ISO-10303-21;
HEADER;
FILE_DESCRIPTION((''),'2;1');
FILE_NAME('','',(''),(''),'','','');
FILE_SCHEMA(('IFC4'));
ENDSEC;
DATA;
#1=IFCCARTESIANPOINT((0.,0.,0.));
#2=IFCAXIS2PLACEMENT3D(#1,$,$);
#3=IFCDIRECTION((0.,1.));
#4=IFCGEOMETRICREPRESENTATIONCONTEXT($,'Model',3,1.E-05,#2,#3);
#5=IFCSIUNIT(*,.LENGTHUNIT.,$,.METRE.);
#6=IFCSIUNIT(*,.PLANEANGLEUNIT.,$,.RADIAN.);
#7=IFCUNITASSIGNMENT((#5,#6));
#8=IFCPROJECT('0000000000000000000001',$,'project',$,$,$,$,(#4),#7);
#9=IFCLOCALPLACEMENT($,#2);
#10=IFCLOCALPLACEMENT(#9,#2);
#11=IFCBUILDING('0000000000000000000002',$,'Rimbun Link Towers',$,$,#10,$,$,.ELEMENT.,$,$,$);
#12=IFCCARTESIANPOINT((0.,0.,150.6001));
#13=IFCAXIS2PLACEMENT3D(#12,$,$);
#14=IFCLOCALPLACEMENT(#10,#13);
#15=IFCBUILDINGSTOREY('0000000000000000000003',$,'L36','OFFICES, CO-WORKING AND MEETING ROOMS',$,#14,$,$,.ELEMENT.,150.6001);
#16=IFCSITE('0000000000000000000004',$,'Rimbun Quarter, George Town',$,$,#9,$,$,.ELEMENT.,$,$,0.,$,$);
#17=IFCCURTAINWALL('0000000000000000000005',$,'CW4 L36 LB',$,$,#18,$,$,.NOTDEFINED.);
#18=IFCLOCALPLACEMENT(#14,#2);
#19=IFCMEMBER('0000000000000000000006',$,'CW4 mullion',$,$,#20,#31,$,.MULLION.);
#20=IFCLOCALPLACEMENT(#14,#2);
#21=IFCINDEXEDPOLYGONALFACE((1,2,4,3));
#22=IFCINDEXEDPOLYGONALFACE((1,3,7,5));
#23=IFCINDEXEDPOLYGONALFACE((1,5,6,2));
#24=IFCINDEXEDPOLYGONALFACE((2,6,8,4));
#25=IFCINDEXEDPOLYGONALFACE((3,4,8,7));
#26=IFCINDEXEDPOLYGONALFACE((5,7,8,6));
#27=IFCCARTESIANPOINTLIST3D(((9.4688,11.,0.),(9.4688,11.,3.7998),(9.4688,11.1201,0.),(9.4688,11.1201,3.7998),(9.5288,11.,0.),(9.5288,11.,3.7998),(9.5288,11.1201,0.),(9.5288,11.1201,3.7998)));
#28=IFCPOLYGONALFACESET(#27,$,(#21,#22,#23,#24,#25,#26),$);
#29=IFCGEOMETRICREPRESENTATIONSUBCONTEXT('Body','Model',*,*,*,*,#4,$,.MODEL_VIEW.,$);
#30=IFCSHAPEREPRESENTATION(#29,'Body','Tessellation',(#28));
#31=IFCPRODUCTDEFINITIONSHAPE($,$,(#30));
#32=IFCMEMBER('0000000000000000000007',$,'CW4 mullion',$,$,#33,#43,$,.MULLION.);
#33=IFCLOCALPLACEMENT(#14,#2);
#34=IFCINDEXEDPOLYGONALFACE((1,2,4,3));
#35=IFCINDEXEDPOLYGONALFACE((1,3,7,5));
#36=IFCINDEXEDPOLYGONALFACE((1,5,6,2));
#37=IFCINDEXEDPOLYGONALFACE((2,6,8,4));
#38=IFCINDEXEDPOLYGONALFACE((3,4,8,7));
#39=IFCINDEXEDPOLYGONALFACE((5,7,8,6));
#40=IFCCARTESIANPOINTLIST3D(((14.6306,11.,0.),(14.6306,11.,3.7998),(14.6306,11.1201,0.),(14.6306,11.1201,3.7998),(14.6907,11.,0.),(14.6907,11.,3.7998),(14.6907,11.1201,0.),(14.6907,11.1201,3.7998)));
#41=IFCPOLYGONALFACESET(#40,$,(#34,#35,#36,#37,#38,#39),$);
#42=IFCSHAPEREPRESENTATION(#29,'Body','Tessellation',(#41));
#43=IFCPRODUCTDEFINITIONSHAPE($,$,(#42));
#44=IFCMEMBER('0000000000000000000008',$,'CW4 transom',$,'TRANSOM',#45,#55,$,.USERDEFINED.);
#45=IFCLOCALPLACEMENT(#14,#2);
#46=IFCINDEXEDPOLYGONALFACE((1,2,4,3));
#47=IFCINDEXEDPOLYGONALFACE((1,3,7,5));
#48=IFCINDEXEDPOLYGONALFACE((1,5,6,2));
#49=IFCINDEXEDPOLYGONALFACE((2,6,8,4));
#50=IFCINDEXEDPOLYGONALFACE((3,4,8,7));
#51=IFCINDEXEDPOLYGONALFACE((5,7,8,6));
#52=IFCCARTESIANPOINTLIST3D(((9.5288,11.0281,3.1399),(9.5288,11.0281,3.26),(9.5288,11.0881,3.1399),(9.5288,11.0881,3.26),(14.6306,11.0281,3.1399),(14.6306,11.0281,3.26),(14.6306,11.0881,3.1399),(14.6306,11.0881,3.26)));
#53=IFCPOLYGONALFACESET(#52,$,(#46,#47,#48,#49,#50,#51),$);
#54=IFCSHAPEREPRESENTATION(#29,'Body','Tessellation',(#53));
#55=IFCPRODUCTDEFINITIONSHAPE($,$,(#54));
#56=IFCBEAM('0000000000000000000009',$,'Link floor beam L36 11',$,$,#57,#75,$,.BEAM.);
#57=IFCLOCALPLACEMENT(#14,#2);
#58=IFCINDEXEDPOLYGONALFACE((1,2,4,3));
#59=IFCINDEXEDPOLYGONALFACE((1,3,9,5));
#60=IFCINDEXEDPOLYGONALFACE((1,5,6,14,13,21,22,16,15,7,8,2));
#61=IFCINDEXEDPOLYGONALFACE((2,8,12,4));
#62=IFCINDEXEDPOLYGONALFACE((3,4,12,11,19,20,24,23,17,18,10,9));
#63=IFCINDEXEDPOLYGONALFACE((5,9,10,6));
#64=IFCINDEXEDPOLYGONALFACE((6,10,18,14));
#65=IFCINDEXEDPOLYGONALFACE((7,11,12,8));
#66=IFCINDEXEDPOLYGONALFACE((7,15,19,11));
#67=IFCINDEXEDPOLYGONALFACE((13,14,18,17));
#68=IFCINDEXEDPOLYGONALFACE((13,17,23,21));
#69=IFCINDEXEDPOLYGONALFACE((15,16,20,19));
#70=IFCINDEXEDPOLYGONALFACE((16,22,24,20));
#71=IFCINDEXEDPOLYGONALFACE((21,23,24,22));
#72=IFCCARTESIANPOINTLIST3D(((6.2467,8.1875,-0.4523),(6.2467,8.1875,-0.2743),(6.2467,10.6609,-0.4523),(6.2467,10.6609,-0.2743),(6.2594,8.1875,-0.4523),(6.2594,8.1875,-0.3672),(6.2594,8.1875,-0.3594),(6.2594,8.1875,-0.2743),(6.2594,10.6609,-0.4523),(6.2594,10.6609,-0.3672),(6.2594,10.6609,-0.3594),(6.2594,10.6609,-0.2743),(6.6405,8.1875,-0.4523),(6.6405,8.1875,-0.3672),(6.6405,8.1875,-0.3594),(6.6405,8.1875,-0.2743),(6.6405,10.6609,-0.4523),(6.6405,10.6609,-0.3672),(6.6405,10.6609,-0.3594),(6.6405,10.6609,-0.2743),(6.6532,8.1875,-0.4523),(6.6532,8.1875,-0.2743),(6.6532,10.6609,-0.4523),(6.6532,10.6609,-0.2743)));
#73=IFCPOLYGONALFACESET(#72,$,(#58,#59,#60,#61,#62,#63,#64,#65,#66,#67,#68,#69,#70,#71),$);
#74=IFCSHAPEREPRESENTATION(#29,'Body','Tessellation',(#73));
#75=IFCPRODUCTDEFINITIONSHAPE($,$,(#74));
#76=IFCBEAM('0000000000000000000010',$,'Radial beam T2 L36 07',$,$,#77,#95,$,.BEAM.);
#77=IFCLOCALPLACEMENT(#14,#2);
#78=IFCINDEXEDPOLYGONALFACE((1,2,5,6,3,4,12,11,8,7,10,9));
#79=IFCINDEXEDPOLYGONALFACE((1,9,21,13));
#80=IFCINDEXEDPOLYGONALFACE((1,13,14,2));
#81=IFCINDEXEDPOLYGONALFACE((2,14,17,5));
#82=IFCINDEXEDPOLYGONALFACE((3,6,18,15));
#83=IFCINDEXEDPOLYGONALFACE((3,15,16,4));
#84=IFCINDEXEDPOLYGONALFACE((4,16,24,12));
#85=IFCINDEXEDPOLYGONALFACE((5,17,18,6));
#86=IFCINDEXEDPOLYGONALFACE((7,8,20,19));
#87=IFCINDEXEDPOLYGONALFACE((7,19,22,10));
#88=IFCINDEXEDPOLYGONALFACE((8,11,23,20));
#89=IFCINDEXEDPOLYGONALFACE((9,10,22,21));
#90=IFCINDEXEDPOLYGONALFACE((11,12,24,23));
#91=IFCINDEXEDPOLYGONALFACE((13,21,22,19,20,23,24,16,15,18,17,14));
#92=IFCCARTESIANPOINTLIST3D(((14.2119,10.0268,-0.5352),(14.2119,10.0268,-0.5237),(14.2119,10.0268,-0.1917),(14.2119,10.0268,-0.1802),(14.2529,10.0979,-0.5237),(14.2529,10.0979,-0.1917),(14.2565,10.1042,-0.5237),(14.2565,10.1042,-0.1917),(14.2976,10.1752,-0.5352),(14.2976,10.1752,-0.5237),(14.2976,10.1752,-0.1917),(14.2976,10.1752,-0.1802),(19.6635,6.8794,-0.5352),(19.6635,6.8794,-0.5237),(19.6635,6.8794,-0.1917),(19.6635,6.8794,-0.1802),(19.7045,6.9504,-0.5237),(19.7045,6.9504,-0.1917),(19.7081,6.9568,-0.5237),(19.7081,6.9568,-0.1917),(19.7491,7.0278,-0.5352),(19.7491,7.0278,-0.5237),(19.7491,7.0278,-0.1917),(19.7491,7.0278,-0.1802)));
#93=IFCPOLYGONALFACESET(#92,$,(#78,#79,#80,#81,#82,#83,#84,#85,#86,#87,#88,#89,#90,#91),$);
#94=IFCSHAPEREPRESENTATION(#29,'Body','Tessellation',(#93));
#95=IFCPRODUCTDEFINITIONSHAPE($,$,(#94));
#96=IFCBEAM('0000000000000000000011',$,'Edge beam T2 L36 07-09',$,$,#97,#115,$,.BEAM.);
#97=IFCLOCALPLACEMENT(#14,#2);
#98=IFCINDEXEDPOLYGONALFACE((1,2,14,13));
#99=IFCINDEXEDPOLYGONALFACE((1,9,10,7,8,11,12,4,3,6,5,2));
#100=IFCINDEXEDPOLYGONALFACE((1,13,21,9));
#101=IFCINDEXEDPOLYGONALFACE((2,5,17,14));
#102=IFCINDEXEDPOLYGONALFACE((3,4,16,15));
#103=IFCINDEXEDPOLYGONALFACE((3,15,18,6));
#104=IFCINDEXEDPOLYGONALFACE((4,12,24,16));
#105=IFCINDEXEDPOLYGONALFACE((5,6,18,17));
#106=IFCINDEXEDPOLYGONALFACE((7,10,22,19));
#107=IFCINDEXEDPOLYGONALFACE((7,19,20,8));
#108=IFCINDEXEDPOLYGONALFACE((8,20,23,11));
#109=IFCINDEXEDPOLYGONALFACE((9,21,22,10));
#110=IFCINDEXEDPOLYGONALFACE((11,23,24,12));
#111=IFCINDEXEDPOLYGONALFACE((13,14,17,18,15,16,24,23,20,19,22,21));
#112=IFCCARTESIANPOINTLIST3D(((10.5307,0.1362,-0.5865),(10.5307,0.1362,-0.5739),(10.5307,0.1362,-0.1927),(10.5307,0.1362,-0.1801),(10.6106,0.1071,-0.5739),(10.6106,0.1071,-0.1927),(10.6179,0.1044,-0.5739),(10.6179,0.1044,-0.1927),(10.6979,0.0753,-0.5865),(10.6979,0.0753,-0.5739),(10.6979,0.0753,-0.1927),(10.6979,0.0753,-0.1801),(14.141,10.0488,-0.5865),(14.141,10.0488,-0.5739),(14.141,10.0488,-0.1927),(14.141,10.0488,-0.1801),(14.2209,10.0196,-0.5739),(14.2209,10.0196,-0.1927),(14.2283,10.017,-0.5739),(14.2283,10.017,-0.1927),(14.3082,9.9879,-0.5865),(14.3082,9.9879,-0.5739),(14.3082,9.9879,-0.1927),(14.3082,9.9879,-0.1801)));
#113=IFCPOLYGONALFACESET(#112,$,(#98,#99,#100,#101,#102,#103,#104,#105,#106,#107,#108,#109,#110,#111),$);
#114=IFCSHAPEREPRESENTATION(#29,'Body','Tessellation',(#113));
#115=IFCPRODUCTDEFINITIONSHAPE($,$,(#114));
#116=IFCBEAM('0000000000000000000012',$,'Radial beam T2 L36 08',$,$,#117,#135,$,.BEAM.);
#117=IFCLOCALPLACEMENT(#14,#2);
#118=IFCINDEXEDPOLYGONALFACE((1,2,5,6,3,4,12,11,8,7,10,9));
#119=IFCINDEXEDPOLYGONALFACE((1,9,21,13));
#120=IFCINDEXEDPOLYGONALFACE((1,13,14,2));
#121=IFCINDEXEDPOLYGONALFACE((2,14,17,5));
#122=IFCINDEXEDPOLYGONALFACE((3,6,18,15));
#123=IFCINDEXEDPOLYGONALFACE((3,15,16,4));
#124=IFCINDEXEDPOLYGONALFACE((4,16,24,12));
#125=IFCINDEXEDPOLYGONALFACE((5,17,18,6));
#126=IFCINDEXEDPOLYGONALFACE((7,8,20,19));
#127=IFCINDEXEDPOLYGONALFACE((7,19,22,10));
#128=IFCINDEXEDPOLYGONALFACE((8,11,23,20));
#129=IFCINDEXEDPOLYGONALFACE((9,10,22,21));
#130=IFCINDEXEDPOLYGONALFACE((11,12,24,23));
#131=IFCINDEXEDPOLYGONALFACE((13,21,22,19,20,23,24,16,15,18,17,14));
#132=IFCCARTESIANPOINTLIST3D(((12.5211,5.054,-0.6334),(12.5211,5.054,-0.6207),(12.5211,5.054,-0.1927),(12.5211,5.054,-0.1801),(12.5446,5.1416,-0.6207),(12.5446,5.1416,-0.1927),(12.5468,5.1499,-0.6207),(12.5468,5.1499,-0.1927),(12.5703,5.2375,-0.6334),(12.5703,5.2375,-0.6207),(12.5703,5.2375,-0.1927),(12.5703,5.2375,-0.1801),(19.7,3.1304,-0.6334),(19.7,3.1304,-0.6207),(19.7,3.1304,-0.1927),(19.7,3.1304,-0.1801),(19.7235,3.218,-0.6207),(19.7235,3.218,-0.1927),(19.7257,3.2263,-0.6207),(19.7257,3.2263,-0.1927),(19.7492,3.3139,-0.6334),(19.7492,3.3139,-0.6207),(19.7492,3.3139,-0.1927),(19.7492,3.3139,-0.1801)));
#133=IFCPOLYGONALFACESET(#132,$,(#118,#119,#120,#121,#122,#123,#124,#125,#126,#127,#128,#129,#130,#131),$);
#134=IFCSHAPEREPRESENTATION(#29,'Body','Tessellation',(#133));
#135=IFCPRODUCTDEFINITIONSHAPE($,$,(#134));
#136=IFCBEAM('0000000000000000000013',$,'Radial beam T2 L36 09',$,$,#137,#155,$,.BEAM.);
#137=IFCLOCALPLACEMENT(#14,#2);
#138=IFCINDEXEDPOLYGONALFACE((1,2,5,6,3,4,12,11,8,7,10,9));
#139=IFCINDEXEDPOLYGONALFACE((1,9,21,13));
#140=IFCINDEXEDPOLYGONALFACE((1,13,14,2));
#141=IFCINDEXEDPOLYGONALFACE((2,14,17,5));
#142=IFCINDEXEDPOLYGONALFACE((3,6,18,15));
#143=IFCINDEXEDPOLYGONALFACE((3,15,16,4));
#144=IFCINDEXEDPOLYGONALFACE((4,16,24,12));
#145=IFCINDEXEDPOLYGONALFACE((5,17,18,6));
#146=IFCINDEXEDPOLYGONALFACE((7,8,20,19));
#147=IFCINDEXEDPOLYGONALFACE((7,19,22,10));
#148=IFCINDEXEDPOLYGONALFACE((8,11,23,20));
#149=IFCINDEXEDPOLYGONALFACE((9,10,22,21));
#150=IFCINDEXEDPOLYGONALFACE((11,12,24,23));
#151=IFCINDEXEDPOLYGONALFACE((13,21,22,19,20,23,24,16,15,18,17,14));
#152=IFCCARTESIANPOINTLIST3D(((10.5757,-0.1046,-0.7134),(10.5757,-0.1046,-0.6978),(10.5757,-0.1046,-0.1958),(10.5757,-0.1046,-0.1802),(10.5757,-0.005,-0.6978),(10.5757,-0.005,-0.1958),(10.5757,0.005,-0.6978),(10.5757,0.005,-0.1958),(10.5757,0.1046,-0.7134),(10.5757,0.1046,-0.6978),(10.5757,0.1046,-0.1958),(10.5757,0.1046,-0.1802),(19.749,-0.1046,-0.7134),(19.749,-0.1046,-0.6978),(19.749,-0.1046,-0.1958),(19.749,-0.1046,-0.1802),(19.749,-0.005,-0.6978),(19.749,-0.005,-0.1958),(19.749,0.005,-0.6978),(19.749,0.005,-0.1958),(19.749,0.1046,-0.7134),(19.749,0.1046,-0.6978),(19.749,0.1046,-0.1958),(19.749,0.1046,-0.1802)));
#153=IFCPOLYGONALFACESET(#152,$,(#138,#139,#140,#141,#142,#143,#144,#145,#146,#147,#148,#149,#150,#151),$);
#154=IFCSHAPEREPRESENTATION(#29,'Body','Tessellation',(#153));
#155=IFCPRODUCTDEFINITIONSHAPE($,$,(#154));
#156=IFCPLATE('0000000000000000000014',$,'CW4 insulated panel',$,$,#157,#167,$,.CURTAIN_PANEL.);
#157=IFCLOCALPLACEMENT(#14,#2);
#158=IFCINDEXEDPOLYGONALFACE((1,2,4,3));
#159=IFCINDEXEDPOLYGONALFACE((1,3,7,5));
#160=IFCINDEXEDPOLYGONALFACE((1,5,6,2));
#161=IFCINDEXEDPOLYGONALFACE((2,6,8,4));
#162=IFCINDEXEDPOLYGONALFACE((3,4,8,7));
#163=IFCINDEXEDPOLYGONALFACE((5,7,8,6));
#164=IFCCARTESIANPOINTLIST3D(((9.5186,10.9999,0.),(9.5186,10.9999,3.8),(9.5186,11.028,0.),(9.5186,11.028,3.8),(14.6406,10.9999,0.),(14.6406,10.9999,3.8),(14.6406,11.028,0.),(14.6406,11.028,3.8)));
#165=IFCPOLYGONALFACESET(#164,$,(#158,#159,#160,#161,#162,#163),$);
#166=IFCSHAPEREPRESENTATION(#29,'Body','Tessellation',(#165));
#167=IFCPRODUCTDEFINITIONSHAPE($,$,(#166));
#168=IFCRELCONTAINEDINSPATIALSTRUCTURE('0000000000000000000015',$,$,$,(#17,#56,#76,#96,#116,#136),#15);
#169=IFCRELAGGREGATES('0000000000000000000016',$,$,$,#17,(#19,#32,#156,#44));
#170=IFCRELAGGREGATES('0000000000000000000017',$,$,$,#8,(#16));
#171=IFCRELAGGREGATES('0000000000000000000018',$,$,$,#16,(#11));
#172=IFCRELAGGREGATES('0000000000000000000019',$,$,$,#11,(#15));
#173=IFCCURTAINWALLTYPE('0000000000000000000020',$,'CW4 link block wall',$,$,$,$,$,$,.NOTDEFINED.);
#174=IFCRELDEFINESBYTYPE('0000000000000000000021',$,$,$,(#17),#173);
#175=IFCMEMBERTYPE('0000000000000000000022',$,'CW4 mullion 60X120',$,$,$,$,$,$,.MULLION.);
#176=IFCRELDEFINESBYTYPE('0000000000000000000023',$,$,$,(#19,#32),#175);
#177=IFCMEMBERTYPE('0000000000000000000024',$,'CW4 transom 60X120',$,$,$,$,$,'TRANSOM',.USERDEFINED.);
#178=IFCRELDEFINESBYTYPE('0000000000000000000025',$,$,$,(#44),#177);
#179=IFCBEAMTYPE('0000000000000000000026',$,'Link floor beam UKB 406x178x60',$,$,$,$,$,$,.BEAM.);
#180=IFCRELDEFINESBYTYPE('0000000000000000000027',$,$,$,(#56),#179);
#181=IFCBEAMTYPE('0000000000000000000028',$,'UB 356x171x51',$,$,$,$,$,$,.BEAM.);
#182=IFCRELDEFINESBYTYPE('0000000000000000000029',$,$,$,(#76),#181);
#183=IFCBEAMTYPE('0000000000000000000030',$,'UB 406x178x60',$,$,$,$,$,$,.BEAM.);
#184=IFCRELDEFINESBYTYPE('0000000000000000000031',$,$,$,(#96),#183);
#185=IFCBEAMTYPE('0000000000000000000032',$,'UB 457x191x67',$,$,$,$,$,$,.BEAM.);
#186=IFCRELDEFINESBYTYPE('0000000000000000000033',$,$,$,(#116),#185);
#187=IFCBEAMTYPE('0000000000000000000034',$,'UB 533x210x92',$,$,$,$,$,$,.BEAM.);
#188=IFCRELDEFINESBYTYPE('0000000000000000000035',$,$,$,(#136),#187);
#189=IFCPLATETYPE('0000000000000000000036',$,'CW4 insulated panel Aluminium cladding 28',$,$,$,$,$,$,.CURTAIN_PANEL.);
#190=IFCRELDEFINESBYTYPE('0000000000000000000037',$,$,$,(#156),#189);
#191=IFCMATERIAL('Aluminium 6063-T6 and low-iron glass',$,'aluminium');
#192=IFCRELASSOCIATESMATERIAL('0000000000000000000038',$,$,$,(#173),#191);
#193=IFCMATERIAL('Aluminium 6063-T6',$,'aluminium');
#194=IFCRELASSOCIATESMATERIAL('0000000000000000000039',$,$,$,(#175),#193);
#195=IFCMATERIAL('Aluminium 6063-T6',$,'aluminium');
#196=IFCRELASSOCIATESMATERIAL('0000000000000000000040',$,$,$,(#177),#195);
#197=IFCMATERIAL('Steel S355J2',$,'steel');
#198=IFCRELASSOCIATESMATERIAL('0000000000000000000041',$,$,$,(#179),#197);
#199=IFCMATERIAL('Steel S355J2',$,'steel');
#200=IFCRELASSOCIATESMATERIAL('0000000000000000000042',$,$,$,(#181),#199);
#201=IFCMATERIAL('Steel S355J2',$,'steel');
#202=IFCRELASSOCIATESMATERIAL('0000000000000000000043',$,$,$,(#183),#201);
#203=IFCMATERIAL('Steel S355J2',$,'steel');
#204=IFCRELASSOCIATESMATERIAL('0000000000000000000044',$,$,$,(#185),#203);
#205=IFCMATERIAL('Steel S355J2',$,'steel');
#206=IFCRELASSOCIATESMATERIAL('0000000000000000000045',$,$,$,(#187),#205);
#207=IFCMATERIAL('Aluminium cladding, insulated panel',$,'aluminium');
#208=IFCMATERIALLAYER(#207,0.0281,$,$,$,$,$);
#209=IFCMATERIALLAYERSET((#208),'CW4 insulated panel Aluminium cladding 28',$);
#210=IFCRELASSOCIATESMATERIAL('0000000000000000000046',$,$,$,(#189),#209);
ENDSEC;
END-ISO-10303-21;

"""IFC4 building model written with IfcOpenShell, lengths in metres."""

from ifc_helpers import new_model, si_unit, direction, frame, origin, origin_2d, place, context, subcontext, project, spatial, rectangle, i_section, extrude, material, layer, layer_set, material_profile, profile_set, type_object, element, aggregate, save


model = new_model("IFC4")

# Units and contexts
model_context = context("Model", 3, precision=1e-05, world=origin(), true_north=direction((0.0, 1.0)))
body_context = subcontext(model_context, "Body", "Model", "MODEL_VIEW")
ifc_project = project(units=[si_unit("LENGTHUNIT", "METRE"), si_unit("PLANEANGLEUNIT", "RADIAN")], contexts=[model_context])

# Site, building, storey
site_placement = place(None, origin())
site = spatial("IfcSite", under=ifc_project, at=site_placement, Name="Rimbun Quarter, George Town", CompositionType="ELEMENT", RefElevation=0.0)
building_placement = place(site_placement, origin())
building = spatial("IfcBuilding", under=site, at=building_placement, Name="Rimbun Link Towers", CompositionType="ELEMENT")
storey_placement = place(building_placement, frame((0.0, 0.0, 150.6001)))
storey = spatial("IfcBuildingStorey", under=building, at=storey_placement, Name="L36", Description="OFFICES, CO-WORKING AND MEETING ROOMS", CompositionType="ELEMENT", Elevation=150.6001)

# Curtain wall, members
ifc_material_1 = material(Name="Aluminium 6063-T6 and low-iron glass", Category="aluminium")
curtain_wall_type = type_object("IfcCurtainWallType", Name="CW4 link block wall", PredefinedType="NOTDEFINED", material=ifc_material_1)
curtain_wall_placement = place(storey_placement, origin())
curtain_wall = element("IfcCurtainWall", 1, at=curtain_wall_placement, inside=storey, type_object=curtain_wall_type, Name="CW4 L36 LB", PredefinedType="NOTDEFINED")
ifc_material_2 = material(Name="Aluminium 6063-T6", Category="aluminium")
ifc_material_profile_1 = material_profile(ifc_material_2, rectangle(XDim=0.1201, YDim=0.0601, at=origin_2d()), Name="MULLION 60X120")
ifc_profile_set_1 = profile_set([ifc_material_profile_1], Name="Aluminium 6063-T6")
member_type_1 = type_object("IfcMemberType", Name="CW4 mullion 60X120", PredefinedType="MULLION", material=ifc_profile_set_1)
member_1_placement = place(storey_placement, frame((9.4988, 11.0601, 0.0), z_axis=(0.0, 0.0, 1.0), x_axis=(0.0, 1.0, 0.0)))
member_1 = element("IfcMember", 2, at=member_1_placement, type_object=member_type_1, Name="CW4 mullion", PredefinedType="MULLION", context=body_context, shape_type="SweptSolid", body=[
    extrude(rectangle(XDim=0.1201, YDim=0.0601, at=origin_2d()), origin(), (0.0, 0.0, 1.0), 3.7998),
])
member_2_placement = place(storey_placement, frame((14.6606, 11.0601, 0.0), z_axis=(0.0, 0.0, 1.0), x_axis=(0.0, 1.0, 0.0)))
member_2 = element("IfcMember", 3, at=member_2_placement, type_object=member_type_1, Name="CW4 mullion", PredefinedType="MULLION", context=body_context, shape_type="SweptSolid", body=[
    extrude(rectangle(XDim=0.1201, YDim=0.0601, at=origin_2d()), origin(), (0.0, 0.0, 1.0), 3.7998),
])
ifc_material_3 = material(Name="Aluminium 6063-T6", Category="aluminium")
ifc_material_profile_2 = material_profile(ifc_material_3, rectangle(XDim=0.0601, YDim=0.1201, at=origin_2d()), Name="TRANSOM 60X120")
ifc_profile_set_2 = profile_set([ifc_material_profile_2], Name="Aluminium 6063-T6")
member_type_2 = type_object("IfcMemberType", Name="CW4 transom 60X120", ElementType="TRANSOM", PredefinedType="USERDEFINED", material=ifc_profile_set_2)
member_3_placement = place(storey_placement, frame((9.5288, 11.0581, 3.2), z_axis=(1.0, 0.0, 0.0), x_axis=(0.0, 1.0, 0.0)))
member_3 = element("IfcMember", 4, at=member_3_placement, type_object=member_type_2, Name="CW4 transom", ObjectType="TRANSOM", PredefinedType="USERDEFINED", context=body_context, shape_type="SweptSolid", body=[
    extrude(rectangle(XDim=0.0601, YDim=0.1201, at=origin_2d()), origin(), (0.0, 0.0, 1.0), 5.1018),
])

# Beams
ifc_material_4 = material(Name="Steel S355J2", Category="steel")
ifc_material_profile_3 = material_profile(ifc_material_4, i_section(OverallWidth=0.178, OverallDepth=0.4065, WebThickness=0.0078, FlangeThickness=0.0127, at=origin_2d()), Name="UKB 406x178x60")
ifc_profile_set_3 = profile_set([ifc_material_profile_3], Name="Steel S355J2")
beam_type_1 = type_object("IfcBeamType", Name="Link floor beam UKB 406x178x60", PredefinedType="BEAM", material=ifc_profile_set_3)
beam_1_placement = place(storey_placement, frame((6.45, 8.1875, -0.3633), z_axis=(0.0, 1.0, 0.0), x_axis=(0.0, 0.0, 1.0)))
element("IfcBeam", 5, at=beam_1_placement, inside=storey, type_object=beam_type_1, Name="Link floor beam L36 11", PredefinedType="BEAM", context=body_context, shape_type="SweptSolid", body=[
    extrude(i_section(OverallWidth=0.178, OverallDepth=0.4065, WebThickness=0.0078, FlangeThickness=0.0127, at=origin_2d()), origin(), (0.0, 0.0, 1.0), 2.4734),
])
ifc_material_5 = material(Name="Steel S355J2", Category="steel")
ifc_material_profile_4 = material_profile(ifc_material_5, i_section(OverallWidth=0.1714, OverallDepth=0.355, WebThickness=0.0073, FlangeThickness=0.0115, at=origin_2d()), Name="UB 356x171x51")
ifc_profile_set_4 = profile_set([ifc_material_profile_4], Name="Steel S355J2")
beam_type_2 = type_object("IfcBeamType", Name="UB 356x171x51", PredefinedType="BEAM", material=ifc_profile_set_4)
beam_2_placement = place(storey_placement, frame((19.7063, 6.9536, -0.3577), z_axis=(-0.866029, 0.499993, 0.0), x_axis=(-0.499993, -0.866029, 0.0)))
element("IfcBeam", 6, at=beam_2_placement, inside=storey, type_object=beam_type_2, Name="Radial beam T2 L36 07", PredefinedType="BEAM", context=body_context, shape_type="SweptSolid", body=[
    extrude(i_section(OverallWidth=0.1714, OverallDepth=0.355, WebThickness=0.0073, FlangeThickness=0.0115, at=origin_2d()), origin(), (0.0, 0.0, 1.0), 6.2949),
])
ifc_material_6 = material(Name="Steel S355J2", Category="steel")
ifc_material_profile_5 = material_profile(ifc_material_6, i_section(OverallWidth=0.178, OverallDepth=0.4065, WebThickness=0.0078, FlangeThickness=0.0127, at=origin_2d()), Name="UB 406x178x60")
ifc_profile_set_5 = profile_set([ifc_material_profile_5], Name="Steel S355J2")
beam_type_3 = type_object("IfcBeamType", Name="UB 406x178x60", PredefinedType="BEAM", material=ifc_profile_set_5)
beam_3_placement = place(storey_placement, frame((14.2246, 10.0183, -0.3833), z_axis=(-0.342226, -0.939618, 0.0), x_axis=(0.939618, -0.342226, 0.0)))
element("IfcBeam", 7, at=beam_3_placement, inside=storey, type_object=beam_type_3, Name="Edge beam T2 L36 07-09", PredefinedType="BEAM", context=body_context, shape_type="SweptSolid", body=[
    extrude(i_section(OverallWidth=0.178, OverallDepth=0.4065, WebThickness=0.0078, FlangeThickness=0.0127, at=origin_2d()), origin(), (0.0, 0.0, 1.0), 10.5496),
])
ifc_material_7 = material(Name="Steel S355J2", Category="steel")
ifc_material_profile_6 = material_profile(ifc_material_7, i_section(OverallWidth=0.1899, OverallDepth=0.4534, WebThickness=0.0085, FlangeThickness=0.0127, at=origin_2d()), Name="UB 457x191x67")
ifc_profile_set_6 = profile_set([ifc_material_profile_6], Name="Steel S355J2")
beam_type_4 = type_object("IfcBeamType", Name="UB 457x191x67", PredefinedType="BEAM", material=ifc_profile_set_6)
beam_4_placement = place(storey_placement, frame((19.7246, 3.2222, -0.4067), z_axis=(-0.965926, 0.258818, 0.0), x_axis=(-0.258818, -0.965926, 0.0)))
element("IfcBeam", 8, at=beam_4_placement, inside=storey, type_object=beam_type_4, Name="Radial beam T2 L36 08", PredefinedType="BEAM", context=body_context, shape_type="SweptSolid", body=[
    extrude(i_section(OverallWidth=0.1899, OverallDepth=0.4534, WebThickness=0.0085, FlangeThickness=0.0127, at=origin_2d()), origin(), (0.0, 0.0, 1.0), 7.4321),
])
ifc_material_8 = material(Name="Steel S355J2", Category="steel")
ifc_material_profile_7 = material_profile(ifc_material_8, i_section(OverallWidth=0.2092, OverallDepth=0.5332, WebThickness=0.01, FlangeThickness=0.0156, at=origin_2d()), Name="UB 533x210x92")
ifc_profile_set_7 = profile_set([ifc_material_profile_7], Name="Steel S355J2")
beam_type_5 = type_object("IfcBeamType", Name="UB 533x210x92", PredefinedType="BEAM", material=ifc_profile_set_7)
beam_5_placement = place(storey_placement, frame((19.749, 0.0, -0.4468), z_axis=(-1.0, 0.0, 0.0), x_axis=(0.0, -1.0, 0.0)))
element("IfcBeam", 9, at=beam_5_placement, inside=storey, type_object=beam_type_5, Name="Radial beam T2 L36 09", PredefinedType="BEAM", context=body_context, shape_type="SweptSolid", body=[
    extrude(i_section(OverallWidth=0.2092, OverallDepth=0.5332, WebThickness=0.01, FlangeThickness=0.0156, at=origin_2d()), origin(), (0.0, 0.0, 1.0), 9.1733),
])

# Plate
ifc_material_9 = material(Name="Aluminium cladding, insulated panel", Category="aluminium")
ifc_layer_1 = layer(ifc_material_9, 0.0281)
ifc_layer_set_1 = layer_set([ifc_layer_1], Name="CW4 insulated panel Aluminium cladding 28")
plate_type_1 = type_object("IfcPlateType", Name="CW4 insulated panel Aluminium cladding 28", PredefinedType="CURTAIN_PANEL", material=ifc_layer_set_1)
plate_1_placement = place(storey_placement, frame((12.0796, 11.0139, 0.0), z_axis=(0.0, 0.0, 1.0), x_axis=(1.0, 0.0, 0.0)))
plate_1 = element("IfcPlate", 10, at=plate_1_placement, type_object=plate_type_1, Name="CW4 insulated panel", PredefinedType="CURTAIN_PANEL", context=body_context, shape_type="SweptSolid", body=[
    extrude(rectangle(XDim=5.1221, YDim=0.0281, at=origin_2d()), origin(), (0.0, 0.0, 1.0), 3.8),
])
aggregate(curtain_wall, [member_1, member_2, plate_1, member_3])

save(model, "model.ifc")
